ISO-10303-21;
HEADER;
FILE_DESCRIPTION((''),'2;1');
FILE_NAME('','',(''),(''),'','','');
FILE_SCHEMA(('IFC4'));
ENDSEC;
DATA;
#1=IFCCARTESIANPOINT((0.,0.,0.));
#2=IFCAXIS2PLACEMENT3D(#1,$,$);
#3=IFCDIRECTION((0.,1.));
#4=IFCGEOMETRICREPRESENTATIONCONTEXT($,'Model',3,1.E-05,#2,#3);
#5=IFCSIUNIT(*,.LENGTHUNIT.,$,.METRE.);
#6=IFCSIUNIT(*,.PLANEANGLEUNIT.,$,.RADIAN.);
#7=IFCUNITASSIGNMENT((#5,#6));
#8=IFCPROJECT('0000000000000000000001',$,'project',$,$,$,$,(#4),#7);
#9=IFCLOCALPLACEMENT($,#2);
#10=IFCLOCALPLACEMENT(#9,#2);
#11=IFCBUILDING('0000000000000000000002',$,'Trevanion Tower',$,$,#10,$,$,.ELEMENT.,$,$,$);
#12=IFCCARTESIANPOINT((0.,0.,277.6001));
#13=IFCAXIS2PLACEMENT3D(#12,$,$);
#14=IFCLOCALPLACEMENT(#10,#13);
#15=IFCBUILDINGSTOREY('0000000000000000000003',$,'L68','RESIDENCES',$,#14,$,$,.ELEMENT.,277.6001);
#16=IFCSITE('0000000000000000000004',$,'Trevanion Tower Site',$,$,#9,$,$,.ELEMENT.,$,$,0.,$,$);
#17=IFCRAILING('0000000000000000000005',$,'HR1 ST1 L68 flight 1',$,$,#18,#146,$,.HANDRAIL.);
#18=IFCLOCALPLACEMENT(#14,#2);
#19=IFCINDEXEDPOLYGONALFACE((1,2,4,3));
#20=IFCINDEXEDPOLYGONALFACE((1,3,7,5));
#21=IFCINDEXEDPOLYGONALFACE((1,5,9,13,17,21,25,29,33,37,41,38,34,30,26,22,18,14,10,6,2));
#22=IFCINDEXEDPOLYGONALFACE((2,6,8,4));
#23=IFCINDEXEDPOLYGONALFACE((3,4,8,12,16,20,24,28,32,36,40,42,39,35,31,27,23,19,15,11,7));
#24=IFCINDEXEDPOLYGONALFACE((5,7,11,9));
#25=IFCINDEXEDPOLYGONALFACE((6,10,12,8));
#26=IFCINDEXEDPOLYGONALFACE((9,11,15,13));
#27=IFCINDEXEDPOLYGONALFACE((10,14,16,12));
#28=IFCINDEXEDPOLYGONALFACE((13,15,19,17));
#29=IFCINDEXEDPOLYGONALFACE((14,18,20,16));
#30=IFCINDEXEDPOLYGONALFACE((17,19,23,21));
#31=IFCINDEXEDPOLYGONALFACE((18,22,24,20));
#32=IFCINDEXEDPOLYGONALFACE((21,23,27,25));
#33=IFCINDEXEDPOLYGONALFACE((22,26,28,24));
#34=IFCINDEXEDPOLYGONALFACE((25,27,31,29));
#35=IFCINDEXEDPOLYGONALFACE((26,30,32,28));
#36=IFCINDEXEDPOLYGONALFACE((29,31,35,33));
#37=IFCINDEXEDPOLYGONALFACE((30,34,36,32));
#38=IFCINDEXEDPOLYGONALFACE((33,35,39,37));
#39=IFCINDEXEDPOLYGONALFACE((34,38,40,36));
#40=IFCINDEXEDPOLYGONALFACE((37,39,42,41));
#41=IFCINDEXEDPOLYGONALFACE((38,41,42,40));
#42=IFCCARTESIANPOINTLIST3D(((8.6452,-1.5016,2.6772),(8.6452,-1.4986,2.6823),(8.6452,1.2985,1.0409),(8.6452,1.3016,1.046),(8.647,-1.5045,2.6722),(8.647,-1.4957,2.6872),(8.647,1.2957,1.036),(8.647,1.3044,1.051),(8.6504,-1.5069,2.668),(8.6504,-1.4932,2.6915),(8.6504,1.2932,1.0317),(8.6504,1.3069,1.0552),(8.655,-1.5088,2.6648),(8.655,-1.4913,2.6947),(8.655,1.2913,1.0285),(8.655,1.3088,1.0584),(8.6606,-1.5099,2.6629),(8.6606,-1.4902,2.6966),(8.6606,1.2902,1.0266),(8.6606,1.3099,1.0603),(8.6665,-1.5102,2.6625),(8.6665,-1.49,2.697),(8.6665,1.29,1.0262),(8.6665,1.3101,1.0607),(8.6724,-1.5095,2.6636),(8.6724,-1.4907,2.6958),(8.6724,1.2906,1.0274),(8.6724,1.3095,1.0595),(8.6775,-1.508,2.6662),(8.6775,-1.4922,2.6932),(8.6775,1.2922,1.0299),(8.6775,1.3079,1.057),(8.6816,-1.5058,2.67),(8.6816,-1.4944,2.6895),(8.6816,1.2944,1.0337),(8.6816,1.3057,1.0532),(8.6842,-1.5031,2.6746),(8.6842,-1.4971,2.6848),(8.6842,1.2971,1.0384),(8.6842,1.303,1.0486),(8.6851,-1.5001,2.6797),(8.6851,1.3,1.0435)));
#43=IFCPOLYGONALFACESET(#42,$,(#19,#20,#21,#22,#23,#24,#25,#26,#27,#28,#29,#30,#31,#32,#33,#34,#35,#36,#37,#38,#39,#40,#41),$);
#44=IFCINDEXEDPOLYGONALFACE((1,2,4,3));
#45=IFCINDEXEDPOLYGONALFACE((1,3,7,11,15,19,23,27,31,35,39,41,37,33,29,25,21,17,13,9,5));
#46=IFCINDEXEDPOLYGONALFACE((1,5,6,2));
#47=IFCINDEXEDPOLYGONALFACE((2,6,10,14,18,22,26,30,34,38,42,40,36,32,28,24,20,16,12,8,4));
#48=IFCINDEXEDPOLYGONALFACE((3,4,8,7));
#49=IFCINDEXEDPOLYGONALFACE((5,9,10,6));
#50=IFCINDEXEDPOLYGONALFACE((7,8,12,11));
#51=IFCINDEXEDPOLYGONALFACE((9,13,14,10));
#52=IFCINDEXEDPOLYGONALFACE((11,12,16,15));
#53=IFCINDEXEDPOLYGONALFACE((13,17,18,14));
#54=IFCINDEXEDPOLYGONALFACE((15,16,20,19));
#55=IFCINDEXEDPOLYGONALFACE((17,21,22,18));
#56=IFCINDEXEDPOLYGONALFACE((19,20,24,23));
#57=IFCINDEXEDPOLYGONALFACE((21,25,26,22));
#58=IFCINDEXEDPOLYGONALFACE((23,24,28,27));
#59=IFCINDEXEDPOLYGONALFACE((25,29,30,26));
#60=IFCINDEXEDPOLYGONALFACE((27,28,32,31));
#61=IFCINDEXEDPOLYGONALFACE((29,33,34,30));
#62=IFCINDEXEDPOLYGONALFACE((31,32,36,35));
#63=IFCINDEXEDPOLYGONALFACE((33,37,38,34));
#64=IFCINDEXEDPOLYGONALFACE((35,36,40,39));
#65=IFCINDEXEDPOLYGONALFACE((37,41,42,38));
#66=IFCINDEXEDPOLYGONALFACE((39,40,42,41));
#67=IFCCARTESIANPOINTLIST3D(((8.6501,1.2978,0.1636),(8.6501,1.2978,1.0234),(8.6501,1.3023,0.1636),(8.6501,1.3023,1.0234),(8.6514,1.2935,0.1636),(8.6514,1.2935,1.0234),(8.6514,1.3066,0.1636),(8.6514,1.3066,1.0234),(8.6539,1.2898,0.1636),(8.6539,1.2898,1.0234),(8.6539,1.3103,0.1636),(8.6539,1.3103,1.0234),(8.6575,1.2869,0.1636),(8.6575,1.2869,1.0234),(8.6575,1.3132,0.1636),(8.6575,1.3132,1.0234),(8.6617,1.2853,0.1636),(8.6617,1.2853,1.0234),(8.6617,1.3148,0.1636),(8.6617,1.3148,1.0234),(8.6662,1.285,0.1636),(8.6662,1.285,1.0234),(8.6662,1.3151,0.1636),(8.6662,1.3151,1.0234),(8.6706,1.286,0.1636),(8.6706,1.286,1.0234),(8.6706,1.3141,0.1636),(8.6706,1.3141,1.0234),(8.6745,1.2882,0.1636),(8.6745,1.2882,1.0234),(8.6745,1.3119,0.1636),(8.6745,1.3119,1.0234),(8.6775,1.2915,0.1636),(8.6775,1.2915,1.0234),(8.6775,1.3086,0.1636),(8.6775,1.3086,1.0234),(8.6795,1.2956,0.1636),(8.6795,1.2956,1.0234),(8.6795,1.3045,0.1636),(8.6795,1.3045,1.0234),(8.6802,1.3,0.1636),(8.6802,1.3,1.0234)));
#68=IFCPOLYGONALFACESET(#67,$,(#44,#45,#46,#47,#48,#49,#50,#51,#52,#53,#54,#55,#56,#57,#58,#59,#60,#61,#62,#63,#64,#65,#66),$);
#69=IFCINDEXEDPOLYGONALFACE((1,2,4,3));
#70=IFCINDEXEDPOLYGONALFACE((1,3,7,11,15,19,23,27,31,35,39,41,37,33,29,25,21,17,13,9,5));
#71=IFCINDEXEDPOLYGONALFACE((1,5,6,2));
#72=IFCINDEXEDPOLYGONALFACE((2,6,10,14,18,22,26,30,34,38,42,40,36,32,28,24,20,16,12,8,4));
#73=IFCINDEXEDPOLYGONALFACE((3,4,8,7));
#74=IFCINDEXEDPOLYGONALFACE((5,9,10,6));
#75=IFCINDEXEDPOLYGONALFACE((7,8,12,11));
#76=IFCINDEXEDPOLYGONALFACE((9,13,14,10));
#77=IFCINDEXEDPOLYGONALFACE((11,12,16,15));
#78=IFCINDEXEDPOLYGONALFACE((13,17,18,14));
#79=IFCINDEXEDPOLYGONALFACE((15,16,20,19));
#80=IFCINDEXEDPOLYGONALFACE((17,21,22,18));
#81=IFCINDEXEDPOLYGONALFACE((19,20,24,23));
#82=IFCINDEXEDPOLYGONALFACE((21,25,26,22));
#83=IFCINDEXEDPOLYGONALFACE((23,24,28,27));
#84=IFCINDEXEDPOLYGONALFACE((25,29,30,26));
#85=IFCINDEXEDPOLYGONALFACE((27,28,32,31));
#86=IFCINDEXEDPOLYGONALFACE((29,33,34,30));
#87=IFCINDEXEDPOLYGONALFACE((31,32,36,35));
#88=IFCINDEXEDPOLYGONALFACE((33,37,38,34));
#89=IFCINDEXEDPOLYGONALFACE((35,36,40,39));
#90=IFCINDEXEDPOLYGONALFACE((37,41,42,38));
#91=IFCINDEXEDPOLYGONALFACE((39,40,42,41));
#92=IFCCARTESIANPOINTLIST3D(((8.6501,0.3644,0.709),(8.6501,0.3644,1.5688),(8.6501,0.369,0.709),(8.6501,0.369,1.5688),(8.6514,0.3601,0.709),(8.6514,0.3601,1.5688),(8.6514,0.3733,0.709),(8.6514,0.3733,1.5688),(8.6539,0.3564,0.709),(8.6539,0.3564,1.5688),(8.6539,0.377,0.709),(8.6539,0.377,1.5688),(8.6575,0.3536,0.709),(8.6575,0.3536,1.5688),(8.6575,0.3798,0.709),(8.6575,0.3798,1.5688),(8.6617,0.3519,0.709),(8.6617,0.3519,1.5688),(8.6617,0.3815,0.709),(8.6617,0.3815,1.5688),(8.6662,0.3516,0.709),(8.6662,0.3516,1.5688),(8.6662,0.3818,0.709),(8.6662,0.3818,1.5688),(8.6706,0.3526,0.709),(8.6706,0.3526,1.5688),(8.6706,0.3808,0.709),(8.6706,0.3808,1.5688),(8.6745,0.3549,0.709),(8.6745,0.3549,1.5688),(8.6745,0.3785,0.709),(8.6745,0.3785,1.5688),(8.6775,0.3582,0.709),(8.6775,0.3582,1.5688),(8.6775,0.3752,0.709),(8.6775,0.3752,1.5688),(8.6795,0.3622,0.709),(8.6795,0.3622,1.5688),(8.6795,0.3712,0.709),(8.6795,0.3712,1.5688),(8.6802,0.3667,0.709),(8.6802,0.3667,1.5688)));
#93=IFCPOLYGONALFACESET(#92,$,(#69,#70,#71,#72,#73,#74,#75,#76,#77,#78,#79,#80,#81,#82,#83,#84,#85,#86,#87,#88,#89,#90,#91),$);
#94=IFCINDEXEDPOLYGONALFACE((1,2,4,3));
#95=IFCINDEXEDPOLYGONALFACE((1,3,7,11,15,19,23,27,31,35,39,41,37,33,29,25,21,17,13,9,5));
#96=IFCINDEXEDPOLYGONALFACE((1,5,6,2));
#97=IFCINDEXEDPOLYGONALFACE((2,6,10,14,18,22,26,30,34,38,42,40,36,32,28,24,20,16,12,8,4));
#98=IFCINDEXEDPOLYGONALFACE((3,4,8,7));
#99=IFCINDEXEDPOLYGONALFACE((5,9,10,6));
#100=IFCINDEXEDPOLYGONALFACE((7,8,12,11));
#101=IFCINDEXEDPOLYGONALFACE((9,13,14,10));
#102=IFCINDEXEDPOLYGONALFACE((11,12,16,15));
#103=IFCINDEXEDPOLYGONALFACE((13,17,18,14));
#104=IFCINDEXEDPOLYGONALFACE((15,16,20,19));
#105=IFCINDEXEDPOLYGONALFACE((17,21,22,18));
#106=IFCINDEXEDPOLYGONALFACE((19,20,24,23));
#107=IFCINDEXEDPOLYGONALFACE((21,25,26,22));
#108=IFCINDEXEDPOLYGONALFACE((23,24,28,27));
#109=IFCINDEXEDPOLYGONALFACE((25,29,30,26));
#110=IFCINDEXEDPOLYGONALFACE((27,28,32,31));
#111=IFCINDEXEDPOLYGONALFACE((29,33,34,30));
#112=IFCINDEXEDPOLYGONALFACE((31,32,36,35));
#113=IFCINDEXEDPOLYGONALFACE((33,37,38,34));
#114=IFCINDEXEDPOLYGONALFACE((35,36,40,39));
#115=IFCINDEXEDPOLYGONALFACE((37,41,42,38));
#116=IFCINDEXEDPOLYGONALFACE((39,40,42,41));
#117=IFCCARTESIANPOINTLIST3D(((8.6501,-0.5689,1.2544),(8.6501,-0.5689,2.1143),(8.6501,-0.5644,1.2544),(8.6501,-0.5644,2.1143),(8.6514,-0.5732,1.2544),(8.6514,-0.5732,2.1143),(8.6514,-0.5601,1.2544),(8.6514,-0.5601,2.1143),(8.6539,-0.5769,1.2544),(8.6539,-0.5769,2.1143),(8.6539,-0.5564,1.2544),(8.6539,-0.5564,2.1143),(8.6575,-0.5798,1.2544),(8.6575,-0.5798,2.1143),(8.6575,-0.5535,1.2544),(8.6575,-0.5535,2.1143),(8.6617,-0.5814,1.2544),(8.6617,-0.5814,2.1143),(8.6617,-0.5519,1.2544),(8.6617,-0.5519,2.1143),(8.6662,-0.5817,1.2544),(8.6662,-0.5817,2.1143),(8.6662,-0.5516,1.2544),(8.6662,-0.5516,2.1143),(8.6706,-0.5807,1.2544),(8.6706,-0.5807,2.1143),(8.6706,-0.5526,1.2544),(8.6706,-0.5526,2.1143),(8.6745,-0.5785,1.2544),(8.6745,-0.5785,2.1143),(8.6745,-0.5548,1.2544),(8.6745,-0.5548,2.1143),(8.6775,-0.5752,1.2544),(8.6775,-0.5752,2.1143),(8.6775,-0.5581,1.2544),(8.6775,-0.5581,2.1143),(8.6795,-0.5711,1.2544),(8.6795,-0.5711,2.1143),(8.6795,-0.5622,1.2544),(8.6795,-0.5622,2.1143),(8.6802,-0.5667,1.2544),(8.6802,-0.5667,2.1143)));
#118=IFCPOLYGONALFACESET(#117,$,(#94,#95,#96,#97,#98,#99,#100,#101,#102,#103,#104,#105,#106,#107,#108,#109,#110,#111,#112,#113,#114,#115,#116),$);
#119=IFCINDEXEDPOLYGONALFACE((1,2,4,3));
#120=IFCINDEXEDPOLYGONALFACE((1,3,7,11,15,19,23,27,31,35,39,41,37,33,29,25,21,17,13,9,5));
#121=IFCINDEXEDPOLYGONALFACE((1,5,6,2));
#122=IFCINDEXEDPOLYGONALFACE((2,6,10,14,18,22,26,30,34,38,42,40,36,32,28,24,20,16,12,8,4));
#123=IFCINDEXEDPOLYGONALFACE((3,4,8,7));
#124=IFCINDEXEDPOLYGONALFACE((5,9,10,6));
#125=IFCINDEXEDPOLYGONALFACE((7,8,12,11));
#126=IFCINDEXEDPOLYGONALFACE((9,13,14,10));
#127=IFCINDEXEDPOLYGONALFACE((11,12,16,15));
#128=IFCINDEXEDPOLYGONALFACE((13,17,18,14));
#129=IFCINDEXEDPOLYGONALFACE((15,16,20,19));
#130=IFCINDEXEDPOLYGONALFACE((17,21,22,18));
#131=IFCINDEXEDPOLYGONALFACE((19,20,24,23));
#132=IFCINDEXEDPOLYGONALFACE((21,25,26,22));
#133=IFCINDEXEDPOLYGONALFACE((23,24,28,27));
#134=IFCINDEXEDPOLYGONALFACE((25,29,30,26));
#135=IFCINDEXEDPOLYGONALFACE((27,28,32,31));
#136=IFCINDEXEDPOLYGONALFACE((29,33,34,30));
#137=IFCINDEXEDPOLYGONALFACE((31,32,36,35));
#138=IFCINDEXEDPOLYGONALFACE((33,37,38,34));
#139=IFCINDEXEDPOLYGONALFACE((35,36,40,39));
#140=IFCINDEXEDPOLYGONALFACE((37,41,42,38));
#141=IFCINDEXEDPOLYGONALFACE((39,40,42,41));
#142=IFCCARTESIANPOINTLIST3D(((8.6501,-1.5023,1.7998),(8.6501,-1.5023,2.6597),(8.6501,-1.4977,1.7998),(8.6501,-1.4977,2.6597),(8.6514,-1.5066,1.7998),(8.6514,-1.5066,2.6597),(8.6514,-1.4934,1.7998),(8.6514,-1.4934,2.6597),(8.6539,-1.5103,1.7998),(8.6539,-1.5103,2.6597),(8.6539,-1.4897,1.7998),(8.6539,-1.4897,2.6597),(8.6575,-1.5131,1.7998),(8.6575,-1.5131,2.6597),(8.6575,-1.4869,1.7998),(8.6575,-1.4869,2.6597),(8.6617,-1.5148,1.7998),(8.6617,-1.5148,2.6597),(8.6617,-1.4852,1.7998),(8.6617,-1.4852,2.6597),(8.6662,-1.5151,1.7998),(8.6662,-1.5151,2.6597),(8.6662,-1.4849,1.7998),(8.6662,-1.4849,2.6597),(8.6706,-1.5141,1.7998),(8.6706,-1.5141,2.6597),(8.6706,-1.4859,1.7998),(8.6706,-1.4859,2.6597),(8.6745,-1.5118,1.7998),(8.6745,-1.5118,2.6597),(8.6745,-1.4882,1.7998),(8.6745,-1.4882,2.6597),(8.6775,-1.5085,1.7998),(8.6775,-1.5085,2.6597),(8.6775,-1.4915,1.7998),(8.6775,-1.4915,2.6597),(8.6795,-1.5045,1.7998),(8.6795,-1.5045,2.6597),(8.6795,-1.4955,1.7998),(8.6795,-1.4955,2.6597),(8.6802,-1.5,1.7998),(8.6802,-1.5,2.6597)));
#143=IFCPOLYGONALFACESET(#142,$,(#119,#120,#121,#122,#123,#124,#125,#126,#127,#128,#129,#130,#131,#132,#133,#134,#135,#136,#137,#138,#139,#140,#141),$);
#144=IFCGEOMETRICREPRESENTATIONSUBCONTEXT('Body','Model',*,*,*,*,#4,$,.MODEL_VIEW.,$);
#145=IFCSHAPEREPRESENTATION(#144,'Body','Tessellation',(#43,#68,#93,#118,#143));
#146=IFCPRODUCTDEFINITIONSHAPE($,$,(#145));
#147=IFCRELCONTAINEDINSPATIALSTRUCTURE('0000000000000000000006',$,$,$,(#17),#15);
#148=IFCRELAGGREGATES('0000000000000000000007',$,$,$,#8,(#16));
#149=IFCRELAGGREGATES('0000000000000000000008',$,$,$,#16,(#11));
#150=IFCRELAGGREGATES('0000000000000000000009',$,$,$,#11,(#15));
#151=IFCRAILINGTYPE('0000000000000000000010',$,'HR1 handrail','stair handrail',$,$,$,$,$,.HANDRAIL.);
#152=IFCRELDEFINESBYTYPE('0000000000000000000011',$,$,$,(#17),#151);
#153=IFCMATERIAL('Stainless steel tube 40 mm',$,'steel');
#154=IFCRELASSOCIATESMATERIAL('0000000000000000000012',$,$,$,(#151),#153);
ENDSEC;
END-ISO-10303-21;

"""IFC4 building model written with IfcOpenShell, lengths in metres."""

from ifc_helpers import new_model, si_unit, direction, frame, origin, origin_2d, place, context, subcontext, project, spatial, circle, extrude, material, type_object, element, save


model = new_model("IFC4")

# Units and contexts
model_context = context("Model", 3, precision=1e-05, world=origin(), true_north=direction((0.0, 1.0)))
body_context = subcontext(model_context, "Body", "Model", "MODEL_VIEW")
ifc_project = project(units=[si_unit("LENGTHUNIT", "METRE"), si_unit("PLANEANGLEUNIT", "RADIAN")], contexts=[model_context])

# Site, building, storey
site_placement = place(None, origin())
site = spatial("IfcSite", under=ifc_project, at=site_placement, Name="Trevanion Tower Site", CompositionType="ELEMENT", RefElevation=0.0)
building_placement = place(site_placement, origin())
building = spatial("IfcBuilding", under=site, at=building_placement, Name="Trevanion Tower", CompositionType="ELEMENT")
storey_placement = place(building_placement, frame((0.0, 0.0, 277.6001)))
storey = spatial("IfcBuildingStorey", under=building, at=storey_placement, Name="L68", Description="RESIDENCES", CompositionType="ELEMENT", Elevation=277.6001)

# Railing
ifc_material_1 = material(Name="Stainless steel tube 40 mm", Category="steel")
railing_type = type_object("IfcRailingType", Name="HR1 handrail", Description="stair handrail", PredefinedType="HANDRAIL", material=ifc_material_1)
for number, where, name in (
    (1, (8.665, 1.3, 0.1636), "HR1 ST1 L68 flight 1"),
):
    element("IfcRailing", number, at=place(storey_placement, frame(where)), inside=storey, type_object=railing_type, Name=name, PredefinedType="HANDRAIL", context=body_context, shape_type="SweptSolid", body=[
        extrude(circle(Radius=0.02, at=origin_2d()), frame((0.0, 0.0, 0.8799), z_axis=(0.0, -0.863394, 0.504531), x_axis=(1.0, 0.0, 0.0)), (0.0, 0.0, 1.0), 3.2432),
        extrude(circle(Radius=0.0151, at=origin_2d()), origin(), (0.0, 0.0, 1.0), 0.8599),
        extrude(circle(Radius=0.0151, at=origin_2d()), frame((0.0, -0.9333, 0.5454)), (0.0, 0.0, 1.0), 0.8599),
        extrude(circle(Radius=0.0151, at=origin_2d()), frame((0.0, -1.8667, 1.0908)), (0.0, 0.0, 1.0), 0.8599),
        extrude(circle(Radius=0.0151, at=origin_2d()), frame((0.0, -2.8, 1.6362)), (0.0, 0.0, 1.0), 0.8599),
    ])

save(model, "model.ifc")
